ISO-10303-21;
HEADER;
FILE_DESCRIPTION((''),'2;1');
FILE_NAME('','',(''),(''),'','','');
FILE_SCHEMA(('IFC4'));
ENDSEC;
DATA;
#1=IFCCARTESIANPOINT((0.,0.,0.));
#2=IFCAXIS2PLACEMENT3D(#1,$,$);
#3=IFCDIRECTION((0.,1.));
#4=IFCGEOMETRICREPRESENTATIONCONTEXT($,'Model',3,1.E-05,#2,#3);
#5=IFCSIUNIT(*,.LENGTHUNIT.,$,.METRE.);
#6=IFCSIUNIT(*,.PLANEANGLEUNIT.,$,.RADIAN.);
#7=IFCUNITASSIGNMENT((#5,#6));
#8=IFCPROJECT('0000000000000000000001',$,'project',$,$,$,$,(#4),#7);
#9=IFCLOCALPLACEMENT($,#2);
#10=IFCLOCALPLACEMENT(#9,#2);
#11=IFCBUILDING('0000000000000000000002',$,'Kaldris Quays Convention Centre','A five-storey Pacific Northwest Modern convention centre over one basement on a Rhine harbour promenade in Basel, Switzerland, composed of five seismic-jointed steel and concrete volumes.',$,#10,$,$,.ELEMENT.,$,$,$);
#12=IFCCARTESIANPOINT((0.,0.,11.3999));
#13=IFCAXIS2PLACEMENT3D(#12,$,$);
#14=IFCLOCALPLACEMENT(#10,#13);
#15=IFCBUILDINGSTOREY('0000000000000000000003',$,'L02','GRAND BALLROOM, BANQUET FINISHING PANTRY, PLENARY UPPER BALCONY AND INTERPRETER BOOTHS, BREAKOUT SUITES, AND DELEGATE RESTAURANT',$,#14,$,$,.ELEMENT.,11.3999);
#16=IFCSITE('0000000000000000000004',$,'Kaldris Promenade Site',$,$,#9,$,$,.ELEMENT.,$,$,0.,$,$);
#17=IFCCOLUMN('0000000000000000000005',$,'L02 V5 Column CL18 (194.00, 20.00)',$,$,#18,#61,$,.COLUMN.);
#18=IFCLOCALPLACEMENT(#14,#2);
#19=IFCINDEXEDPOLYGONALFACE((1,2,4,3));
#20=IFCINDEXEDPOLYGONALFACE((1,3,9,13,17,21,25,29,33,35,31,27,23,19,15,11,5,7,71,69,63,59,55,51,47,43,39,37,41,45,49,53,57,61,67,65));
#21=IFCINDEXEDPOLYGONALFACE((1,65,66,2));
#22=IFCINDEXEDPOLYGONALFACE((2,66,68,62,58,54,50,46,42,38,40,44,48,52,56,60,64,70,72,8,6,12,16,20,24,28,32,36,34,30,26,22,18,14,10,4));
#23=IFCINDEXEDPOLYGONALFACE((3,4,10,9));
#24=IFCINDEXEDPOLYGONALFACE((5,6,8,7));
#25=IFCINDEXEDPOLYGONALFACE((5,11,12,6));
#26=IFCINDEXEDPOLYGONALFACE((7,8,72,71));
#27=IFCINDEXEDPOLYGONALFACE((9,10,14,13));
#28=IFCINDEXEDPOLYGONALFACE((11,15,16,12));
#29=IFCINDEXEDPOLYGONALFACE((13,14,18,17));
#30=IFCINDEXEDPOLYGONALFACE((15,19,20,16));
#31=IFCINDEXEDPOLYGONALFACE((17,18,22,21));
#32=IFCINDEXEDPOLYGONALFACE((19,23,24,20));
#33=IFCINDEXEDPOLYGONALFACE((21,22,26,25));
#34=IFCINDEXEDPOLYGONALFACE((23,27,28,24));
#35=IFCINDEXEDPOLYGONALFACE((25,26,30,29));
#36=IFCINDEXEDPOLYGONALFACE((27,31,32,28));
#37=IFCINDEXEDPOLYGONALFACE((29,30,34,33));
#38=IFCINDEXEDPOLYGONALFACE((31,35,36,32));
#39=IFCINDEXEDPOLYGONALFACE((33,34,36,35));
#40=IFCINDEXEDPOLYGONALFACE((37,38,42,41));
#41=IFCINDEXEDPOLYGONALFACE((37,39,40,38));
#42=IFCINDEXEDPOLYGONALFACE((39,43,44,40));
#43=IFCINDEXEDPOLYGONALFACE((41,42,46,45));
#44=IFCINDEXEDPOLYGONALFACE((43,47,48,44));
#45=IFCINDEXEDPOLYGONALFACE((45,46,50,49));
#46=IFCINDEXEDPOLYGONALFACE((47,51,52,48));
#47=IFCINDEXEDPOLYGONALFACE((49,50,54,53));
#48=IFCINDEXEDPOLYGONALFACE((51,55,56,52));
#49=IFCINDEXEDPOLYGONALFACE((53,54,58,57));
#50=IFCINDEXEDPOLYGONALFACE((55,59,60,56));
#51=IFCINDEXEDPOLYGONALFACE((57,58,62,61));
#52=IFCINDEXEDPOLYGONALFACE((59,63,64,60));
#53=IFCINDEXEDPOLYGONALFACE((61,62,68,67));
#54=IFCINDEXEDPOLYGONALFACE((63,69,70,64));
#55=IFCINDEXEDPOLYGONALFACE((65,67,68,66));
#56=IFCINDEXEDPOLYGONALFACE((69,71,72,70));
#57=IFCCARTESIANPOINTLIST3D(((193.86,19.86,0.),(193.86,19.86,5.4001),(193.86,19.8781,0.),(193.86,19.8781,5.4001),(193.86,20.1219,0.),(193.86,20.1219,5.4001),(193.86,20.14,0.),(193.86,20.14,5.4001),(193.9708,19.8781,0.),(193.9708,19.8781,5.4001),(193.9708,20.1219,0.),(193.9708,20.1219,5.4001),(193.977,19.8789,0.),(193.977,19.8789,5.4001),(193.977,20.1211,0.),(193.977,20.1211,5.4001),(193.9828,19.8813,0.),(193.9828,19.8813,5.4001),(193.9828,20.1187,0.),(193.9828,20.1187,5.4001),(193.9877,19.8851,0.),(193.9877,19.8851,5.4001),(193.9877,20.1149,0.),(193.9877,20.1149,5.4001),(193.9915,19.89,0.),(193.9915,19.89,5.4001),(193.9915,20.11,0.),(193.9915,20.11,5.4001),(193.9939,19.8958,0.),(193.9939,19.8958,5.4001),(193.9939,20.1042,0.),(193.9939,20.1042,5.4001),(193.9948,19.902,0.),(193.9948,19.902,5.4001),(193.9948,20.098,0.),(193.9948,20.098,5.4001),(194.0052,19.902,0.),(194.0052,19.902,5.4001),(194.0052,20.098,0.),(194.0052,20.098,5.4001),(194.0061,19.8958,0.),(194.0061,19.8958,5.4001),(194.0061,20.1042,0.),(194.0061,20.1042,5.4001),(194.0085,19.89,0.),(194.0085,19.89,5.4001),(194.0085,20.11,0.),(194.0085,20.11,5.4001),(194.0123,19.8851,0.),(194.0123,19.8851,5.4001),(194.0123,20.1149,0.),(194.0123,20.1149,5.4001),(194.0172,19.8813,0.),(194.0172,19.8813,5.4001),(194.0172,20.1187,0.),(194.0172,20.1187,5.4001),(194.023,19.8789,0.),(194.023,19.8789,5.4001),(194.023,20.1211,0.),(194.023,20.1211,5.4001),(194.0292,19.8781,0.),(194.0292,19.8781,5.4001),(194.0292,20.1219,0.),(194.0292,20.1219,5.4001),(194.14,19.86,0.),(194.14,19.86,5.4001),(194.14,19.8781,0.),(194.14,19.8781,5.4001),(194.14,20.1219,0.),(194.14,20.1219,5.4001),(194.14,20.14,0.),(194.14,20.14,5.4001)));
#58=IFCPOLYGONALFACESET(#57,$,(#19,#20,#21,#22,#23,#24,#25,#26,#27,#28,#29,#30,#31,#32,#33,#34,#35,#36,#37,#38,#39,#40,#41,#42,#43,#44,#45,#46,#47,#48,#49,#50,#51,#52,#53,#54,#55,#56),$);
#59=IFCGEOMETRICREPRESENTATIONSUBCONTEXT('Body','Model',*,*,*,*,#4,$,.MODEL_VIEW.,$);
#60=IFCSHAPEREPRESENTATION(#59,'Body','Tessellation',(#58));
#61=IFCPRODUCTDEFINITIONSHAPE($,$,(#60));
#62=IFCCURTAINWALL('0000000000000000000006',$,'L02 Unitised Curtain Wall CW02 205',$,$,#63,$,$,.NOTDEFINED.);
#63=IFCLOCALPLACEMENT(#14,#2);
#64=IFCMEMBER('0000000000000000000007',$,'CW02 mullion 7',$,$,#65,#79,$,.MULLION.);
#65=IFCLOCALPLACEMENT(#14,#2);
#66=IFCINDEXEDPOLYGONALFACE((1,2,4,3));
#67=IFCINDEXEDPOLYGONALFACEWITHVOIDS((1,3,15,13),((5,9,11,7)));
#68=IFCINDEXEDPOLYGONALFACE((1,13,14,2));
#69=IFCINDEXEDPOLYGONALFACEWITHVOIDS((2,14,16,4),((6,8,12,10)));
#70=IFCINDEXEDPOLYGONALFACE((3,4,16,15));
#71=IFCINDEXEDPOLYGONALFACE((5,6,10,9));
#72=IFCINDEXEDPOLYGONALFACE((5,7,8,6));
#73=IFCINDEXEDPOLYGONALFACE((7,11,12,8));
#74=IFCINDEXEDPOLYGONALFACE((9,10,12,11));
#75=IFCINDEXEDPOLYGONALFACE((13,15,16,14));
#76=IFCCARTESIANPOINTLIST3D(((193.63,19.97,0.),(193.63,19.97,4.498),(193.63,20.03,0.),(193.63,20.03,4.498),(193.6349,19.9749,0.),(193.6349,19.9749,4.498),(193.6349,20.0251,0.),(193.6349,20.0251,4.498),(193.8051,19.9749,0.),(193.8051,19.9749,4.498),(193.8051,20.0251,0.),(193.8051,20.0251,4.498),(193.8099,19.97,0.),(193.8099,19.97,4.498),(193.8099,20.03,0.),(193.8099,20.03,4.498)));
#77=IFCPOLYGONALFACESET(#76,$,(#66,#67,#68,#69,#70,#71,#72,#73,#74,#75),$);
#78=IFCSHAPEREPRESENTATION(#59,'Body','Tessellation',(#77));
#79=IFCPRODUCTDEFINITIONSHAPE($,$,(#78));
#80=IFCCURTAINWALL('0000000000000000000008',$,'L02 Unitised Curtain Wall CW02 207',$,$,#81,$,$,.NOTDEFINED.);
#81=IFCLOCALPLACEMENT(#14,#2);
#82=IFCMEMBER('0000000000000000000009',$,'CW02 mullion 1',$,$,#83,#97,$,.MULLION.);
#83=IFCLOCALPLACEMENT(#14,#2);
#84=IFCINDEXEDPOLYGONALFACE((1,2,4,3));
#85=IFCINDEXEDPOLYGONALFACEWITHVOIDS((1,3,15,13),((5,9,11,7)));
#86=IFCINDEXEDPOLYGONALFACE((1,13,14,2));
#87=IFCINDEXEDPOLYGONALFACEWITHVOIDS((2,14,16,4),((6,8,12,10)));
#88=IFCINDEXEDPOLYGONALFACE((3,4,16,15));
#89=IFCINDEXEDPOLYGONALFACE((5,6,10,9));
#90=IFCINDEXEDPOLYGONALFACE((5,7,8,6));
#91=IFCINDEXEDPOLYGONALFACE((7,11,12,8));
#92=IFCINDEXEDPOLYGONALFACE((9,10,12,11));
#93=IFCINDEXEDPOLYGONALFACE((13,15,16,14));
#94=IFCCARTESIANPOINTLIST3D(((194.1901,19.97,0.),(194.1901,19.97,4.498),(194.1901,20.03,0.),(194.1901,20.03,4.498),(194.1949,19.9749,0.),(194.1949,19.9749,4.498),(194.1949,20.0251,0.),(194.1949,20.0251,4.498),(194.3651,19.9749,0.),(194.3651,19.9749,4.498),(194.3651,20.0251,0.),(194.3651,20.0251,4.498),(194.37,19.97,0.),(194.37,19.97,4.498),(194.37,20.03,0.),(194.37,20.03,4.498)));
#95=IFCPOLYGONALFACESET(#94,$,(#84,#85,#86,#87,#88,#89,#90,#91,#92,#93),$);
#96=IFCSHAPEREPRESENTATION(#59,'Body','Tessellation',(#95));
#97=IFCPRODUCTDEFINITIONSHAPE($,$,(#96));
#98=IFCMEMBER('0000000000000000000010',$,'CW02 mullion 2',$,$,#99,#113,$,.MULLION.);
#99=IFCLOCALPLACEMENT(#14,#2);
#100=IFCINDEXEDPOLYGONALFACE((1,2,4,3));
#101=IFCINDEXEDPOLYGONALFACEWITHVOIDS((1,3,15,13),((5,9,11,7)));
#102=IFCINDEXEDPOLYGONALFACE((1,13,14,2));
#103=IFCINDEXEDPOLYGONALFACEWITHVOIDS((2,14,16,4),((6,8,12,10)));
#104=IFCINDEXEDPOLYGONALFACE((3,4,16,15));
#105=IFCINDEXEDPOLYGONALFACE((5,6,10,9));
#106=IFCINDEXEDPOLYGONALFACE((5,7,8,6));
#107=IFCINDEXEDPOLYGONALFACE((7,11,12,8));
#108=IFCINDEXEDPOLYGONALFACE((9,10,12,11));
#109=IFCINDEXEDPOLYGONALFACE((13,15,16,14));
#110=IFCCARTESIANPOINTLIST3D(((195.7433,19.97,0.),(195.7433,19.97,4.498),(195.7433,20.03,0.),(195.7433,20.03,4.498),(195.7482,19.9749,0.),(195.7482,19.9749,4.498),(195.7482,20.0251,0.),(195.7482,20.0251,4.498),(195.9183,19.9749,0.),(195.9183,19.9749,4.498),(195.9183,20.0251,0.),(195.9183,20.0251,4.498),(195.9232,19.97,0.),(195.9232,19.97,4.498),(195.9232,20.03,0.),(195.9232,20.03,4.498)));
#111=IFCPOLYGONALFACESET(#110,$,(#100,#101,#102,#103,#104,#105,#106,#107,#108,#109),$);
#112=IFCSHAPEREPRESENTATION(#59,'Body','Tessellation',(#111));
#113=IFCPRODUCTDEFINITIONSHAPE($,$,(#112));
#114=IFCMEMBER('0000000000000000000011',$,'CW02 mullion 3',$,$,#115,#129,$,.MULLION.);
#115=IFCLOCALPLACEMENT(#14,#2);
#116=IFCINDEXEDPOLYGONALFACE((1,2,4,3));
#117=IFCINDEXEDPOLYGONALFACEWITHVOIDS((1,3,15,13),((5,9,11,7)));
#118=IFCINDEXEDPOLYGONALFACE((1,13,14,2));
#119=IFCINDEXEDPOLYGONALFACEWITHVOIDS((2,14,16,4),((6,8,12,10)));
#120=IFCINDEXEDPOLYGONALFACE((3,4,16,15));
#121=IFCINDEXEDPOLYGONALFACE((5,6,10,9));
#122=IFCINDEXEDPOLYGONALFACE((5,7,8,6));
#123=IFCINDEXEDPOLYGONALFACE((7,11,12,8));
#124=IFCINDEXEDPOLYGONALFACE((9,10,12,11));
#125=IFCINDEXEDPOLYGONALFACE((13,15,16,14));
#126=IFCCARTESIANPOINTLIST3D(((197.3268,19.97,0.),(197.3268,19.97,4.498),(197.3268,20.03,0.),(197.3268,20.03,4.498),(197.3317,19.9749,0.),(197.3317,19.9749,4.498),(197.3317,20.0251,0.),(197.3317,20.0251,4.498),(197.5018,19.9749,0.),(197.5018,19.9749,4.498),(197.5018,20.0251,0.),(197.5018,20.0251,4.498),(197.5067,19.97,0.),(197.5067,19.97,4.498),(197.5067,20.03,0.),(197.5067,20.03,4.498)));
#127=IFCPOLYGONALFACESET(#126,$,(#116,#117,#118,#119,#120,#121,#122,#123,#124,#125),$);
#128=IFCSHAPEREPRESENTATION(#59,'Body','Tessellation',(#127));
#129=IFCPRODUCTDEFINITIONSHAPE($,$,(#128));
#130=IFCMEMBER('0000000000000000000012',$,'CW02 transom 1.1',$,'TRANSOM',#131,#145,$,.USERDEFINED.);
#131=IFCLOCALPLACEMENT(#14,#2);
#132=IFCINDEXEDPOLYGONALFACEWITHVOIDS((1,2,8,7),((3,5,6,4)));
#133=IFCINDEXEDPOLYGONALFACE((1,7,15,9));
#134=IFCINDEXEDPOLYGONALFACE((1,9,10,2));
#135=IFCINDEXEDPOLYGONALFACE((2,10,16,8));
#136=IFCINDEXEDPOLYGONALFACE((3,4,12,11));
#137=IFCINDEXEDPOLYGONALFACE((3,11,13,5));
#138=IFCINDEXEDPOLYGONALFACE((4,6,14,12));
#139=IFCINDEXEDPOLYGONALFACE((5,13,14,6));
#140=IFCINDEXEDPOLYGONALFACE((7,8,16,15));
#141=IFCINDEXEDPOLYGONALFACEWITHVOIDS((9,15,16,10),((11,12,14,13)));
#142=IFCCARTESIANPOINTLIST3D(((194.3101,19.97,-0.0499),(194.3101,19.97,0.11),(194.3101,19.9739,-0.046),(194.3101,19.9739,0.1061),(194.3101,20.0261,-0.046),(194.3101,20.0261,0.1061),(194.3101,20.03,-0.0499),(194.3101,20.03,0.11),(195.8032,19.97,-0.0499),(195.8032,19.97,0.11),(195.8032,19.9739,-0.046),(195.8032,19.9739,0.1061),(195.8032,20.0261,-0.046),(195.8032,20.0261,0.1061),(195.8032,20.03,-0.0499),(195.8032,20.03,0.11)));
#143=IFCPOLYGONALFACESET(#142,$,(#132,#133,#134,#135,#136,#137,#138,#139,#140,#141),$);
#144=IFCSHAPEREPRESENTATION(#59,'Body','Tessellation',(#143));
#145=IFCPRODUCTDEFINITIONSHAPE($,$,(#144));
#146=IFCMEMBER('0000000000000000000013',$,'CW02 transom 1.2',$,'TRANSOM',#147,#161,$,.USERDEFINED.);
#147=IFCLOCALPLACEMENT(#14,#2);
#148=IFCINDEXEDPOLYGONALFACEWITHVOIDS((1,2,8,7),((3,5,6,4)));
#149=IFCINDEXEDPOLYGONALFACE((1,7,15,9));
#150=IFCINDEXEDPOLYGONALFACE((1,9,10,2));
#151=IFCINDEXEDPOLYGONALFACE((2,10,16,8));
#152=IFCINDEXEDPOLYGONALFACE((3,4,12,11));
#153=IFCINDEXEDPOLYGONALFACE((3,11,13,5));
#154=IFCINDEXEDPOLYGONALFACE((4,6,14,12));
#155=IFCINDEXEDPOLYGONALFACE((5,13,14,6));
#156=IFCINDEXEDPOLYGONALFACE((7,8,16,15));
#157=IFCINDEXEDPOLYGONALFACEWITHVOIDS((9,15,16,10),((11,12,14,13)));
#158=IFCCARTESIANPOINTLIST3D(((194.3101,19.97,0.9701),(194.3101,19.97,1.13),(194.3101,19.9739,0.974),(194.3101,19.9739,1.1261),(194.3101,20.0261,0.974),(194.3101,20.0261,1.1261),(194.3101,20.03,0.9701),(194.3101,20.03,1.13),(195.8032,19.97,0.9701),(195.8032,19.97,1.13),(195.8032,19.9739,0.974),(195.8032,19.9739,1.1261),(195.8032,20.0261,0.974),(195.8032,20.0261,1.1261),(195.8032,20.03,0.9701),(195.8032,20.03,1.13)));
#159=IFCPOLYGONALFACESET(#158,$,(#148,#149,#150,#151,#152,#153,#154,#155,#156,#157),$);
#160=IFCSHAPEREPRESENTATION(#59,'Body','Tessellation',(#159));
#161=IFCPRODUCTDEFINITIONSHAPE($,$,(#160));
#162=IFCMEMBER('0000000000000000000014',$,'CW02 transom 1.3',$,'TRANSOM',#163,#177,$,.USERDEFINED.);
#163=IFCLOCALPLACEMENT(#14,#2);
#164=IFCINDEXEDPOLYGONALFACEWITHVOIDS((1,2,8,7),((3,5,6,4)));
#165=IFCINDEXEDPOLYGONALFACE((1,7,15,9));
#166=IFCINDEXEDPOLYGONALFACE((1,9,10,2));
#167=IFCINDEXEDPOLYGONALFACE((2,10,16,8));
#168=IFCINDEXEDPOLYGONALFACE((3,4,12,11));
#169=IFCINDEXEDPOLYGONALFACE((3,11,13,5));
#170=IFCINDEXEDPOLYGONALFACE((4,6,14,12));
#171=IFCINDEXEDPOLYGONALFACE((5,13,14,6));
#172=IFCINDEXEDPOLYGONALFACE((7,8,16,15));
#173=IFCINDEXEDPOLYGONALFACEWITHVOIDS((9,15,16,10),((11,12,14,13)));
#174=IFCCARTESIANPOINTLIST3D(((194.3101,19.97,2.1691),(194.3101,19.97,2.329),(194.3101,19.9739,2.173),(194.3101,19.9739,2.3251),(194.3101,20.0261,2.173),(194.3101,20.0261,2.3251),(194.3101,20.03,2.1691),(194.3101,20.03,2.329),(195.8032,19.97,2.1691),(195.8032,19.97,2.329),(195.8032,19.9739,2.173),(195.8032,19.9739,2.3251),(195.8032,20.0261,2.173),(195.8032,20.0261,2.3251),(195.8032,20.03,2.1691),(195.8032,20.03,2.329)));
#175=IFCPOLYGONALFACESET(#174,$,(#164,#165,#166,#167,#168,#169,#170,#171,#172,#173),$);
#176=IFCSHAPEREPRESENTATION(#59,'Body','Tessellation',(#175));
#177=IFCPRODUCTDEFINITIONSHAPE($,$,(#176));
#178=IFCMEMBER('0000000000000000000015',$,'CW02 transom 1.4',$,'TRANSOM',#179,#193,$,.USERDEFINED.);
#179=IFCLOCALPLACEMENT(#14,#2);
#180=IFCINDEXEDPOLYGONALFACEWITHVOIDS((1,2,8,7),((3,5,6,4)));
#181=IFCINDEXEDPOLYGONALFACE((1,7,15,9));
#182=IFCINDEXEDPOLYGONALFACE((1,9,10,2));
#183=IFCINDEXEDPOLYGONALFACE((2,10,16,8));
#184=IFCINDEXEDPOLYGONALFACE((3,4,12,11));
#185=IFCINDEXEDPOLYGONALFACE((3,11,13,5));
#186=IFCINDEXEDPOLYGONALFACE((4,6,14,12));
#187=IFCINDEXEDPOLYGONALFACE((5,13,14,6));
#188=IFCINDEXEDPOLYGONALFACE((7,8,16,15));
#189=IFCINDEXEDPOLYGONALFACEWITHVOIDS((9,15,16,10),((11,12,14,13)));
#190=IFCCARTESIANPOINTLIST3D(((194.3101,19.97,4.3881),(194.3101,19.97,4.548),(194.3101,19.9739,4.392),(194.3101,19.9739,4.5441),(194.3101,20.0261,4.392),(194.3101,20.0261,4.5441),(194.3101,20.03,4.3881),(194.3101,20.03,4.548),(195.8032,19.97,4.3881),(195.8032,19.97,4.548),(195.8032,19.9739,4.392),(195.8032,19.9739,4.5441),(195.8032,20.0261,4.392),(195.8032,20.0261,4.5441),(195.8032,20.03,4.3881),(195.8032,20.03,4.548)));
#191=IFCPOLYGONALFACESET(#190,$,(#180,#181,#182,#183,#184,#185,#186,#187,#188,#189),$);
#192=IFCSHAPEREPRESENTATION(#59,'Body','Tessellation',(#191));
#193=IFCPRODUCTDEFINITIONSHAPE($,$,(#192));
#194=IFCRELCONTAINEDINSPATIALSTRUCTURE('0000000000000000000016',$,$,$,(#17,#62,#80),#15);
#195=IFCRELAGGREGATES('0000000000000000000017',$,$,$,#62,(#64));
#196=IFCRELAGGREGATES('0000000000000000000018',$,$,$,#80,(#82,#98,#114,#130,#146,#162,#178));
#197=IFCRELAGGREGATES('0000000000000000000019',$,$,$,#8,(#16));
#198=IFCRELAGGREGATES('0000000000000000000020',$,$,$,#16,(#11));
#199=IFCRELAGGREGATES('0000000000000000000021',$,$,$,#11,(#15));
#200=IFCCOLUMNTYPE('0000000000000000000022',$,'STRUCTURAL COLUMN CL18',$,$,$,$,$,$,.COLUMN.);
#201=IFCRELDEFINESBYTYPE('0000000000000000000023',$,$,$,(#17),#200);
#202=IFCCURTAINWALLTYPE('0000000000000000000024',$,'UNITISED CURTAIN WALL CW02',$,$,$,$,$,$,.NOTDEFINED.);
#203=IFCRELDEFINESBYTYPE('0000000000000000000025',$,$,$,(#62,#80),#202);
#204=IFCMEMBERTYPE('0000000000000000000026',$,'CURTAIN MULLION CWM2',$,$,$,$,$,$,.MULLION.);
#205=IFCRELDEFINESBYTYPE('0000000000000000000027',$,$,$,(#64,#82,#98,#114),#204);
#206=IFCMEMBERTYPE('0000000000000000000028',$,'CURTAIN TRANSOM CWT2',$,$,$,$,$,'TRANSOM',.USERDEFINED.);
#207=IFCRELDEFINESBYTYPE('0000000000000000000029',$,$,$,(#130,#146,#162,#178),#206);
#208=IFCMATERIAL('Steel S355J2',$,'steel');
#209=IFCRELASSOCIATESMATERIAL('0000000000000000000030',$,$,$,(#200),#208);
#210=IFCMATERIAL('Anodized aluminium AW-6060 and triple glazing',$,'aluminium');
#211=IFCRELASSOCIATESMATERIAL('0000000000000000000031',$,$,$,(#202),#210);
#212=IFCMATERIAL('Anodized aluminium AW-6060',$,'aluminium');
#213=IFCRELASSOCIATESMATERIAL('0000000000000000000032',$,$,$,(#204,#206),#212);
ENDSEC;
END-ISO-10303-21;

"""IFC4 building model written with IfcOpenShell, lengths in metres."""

from ifc_helpers import new_model, si_unit, direction, frame, origin, origin_2d, place, context, subcontext, project, spatial, hollow_rectangle, i_section, extrude, material, material_profile, profile_set, type_object, element, aggregate, save


model = new_model("IFC4")

# Units and contexts
model_context = context("Model", 3, precision=1e-05, world=origin(), true_north=direction((0.0, 1.0)))
body_context = subcontext(model_context, "Body", "Model", "MODEL_VIEW")
ifc_project = project(units=[si_unit("LENGTHUNIT", "METRE"), si_unit("PLANEANGLEUNIT", "RADIAN")], contexts=[model_context])

# Site, building, storey
site_placement = place(None, origin())
site = spatial("IfcSite", under=ifc_project, at=site_placement, Name="Kaldris Promenade Site", CompositionType="ELEMENT", RefElevation=0.0)
building_placement = place(site_placement, origin())
building = spatial("IfcBuilding", under=site, at=building_placement, Name="Kaldris Quays Convention Centre", Description="A five-storey Pacific Northwest Modern convention centre over one basement on a Rhine harbour promenade in Basel, Switzerland, composed of five seismic-jointed steel and concrete volumes.", CompositionType="ELEMENT")
storey_placement = place(building_placement, frame((0.0, 0.0, 11.3999)))
storey = spatial("IfcBuildingStorey", under=building, at=storey_placement, Name="L02", Description="GRAND BALLROOM, BANQUET FINISHING PANTRY, PLENARY UPPER BALCONY AND INTERPRETER BOOTHS, BREAKOUT SUITES, AND DELEGATE RESTAURANT", CompositionType="ELEMENT", Elevation=11.3999)

# Column
ifc_material_1 = material(Name="Steel S355J2", Category="steel")
ifc_material_profile_1 = material_profile(ifc_material_1, i_section(OverallWidth=0.28, OverallDepth=0.28, WebThickness=0.0105, FlangeThickness=0.0181, FilletRadius=0.0239, at=origin_2d()), Name="HEB 280")
ifc_profile_set_1 = profile_set([ifc_material_profile_1], Name="Steel S355J2")
column_type = type_object("IfcColumnType", Name="STRUCTURAL COLUMN CL18", PredefinedType="COLUMN", material=ifc_profile_set_1)
column_placement = place(storey_placement, frame((194.0, 20.0, 0.0), z_axis=(0.0, 0.0, 1.0), x_axis=(1.0, 0.0, 0.0)))
element("IfcColumn", 1, at=column_placement, inside=storey, type_object=column_type, Name="L02 V5 Column CL18 (194.00, 20.00)", PredefinedType="COLUMN", context=body_context, shape_type="SweptSolid", body=[
    extrude(i_section(OverallWidth=0.28, OverallDepth=0.28, WebThickness=0.0105, FlangeThickness=0.0181, FilletRadius=0.0239, at=origin_2d()), origin(), (0.0, 0.0, 1.0), 5.4001),
])

# Curtain wall, member
ifc_material_2 = material(Name="Anodized aluminium AW-6060 and triple glazing", Category="aluminium")
curtain_wall_type = type_object("IfcCurtainWallType", Name="UNITISED CURTAIN WALL CW02", PredefinedType="NOTDEFINED", material=ifc_material_2)
curtain_wall_1_placement = place(storey_placement, origin())
curtain_wall_1 = element("IfcCurtainWall", 2, at=curtain_wall_1_placement, inside=storey, type_object=curtain_wall_type, Name="L02 Unitised Curtain Wall CW02 205", PredefinedType="NOTDEFINED")
ifc_material_3 = material(Name="Anodized aluminium AW-6060", Category="aluminium")
ifc_material_profile_2 = material_profile(ifc_material_3, hollow_rectangle(XDim=0.0601, YDim=0.1799, WallThickness=0.0049, at=origin_2d()), Name="RHS 180x60x5")
ifc_profile_set_2 = profile_set([ifc_material_profile_2], Name="Anodized aluminium AW-6060")
member_type_1 = type_object("IfcMemberType", Name="CURTAIN MULLION CWM2", PredefinedType="MULLION", material=ifc_profile_set_2)
member_1_placement = place(storey_placement, frame((193.72, 20.0, 0.0), z_axis=(0.0, 0.0, 1.0), x_axis=(0.0, 1.0, 0.0)))
member_1 = element("IfcMember", 3, at=member_1_placement, type_object=member_type_1, Name="CW02 mullion 7", PredefinedType="MULLION", context=body_context, shape_type="SweptSolid", body=[
    extrude(hollow_rectangle(XDim=0.0601, YDim=0.1799, WallThickness=0.0049, at=origin_2d()), origin(), (0.0, 0.0, 1.0), 4.498),
])
aggregate(curtain_wall_1, [member_1])

# Curtain wall, members
curtain_wall_2_placement = place(storey_placement, origin())
curtain_wall_2 = element("IfcCurtainWall", 4, at=curtain_wall_2_placement, inside=storey, type_object=curtain_wall_type, Name="L02 Unitised Curtain Wall CW02 207", PredefinedType="NOTDEFINED")
member_2_placement = place(storey_placement, frame((194.28, 20.0, 0.0), z_axis=(0.0, 0.0, 1.0), x_axis=(0.0, 1.0, 0.0)))
member_2 = element("IfcMember", 5, at=member_2_placement, type_object=member_type_1, Name="CW02 mullion 1", PredefinedType="MULLION", context=body_context, shape_type="SweptSolid", body=[
    extrude(hollow_rectangle(XDim=0.0601, YDim=0.1799, WallThickness=0.0049, at=origin_2d()), origin(), (0.0, 0.0, 1.0), 4.498),
])
member_3_placement = place(storey_placement, frame((195.8333, 20.0, 0.0), z_axis=(0.0, 0.0, 1.0), x_axis=(0.0, 1.0, 0.0)))
member_3 = element("IfcMember", 6, at=member_3_placement, type_object=member_type_1, Name="CW02 mullion 2", PredefinedType="MULLION", context=body_context, shape_type="SweptSolid", body=[
    extrude(hollow_rectangle(XDim=0.0601, YDim=0.1799, WallThickness=0.0049, at=origin_2d()), origin(), (0.0, 0.0, 1.0), 4.498),
])
member_4_placement = place(storey_placement, frame((197.4167, 20.0, 0.0), z_axis=(0.0, 0.0, 1.0), x_axis=(0.0, 1.0, 0.0)))
member_4 = element("IfcMember", 7, at=member_4_placement, type_object=member_type_1, Name="CW02 mullion 3", PredefinedType="MULLION", context=body_context, shape_type="SweptSolid", body=[
    extrude(hollow_rectangle(XDim=0.0601, YDim=0.1799, WallThickness=0.0049, at=origin_2d()), origin(), (0.0, 0.0, 1.0), 4.498),
])
ifc_material_profile_3 = material_profile(ifc_material_3, hollow_rectangle(XDim=0.0601, YDim=0.1599, WallThickness=0.0039, at=origin_2d()), Name="RHS 160x60x4")
ifc_profile_set_3 = profile_set([ifc_material_profile_3], Name="Anodized aluminium AW-6060")
member_type_2 = type_object("IfcMemberType", Name="CURTAIN TRANSOM CWT2", ElementType="TRANSOM", PredefinedType="USERDEFINED", material=ifc_profile_set_3)
member_5_placement = place(storey_placement, frame((194.3101, 20.0, 0.03), z_axis=(1.0, 0.0, 0.0), x_axis=(0.0, 1.0, 0.0)))
member_5 = element("IfcMember", 8, at=member_5_placement, type_object=member_type_2, Name="CW02 transom 1.1", ObjectType="TRANSOM", PredefinedType="USERDEFINED", context=body_context, shape_type="SweptSolid", body=[
    extrude(hollow_rectangle(XDim=0.0601, YDim=0.1599, WallThickness=0.0039, at=origin_2d()), origin(), (0.0, 0.0, 1.0), 1.4932),
])
member_6_placement = place(storey_placement, frame((194.3101, 20.0, 1.05), z_axis=(1.0, 0.0, 0.0), x_axis=(0.0, 1.0, 0.0)))
member_6 = element("IfcMember", 9, at=member_6_placement, type_object=member_type_2, Name="CW02 transom 1.2", ObjectType="TRANSOM", PredefinedType="USERDEFINED", context=body_context, shape_type="SweptSolid", body=[
    extrude(hollow_rectangle(XDim=0.0601, YDim=0.1599, WallThickness=0.0039, at=origin_2d()), origin(), (0.0, 0.0, 1.0), 1.4932),
])
member_7_placement = place(storey_placement, frame((194.3101, 20.0, 2.249), z_axis=(1.0, 0.0, 0.0), x_axis=(0.0, 1.0, 0.0)))
member_7 = element("IfcMember", 10, at=member_7_placement, type_object=member_type_2, Name="CW02 transom 1.3", ObjectType="TRANSOM", PredefinedType="USERDEFINED", context=body_context, shape_type="SweptSolid", body=[
    extrude(hollow_rectangle(XDim=0.0601, YDim=0.1599, WallThickness=0.0039, at=origin_2d()), origin(), (0.0, 0.0, 1.0), 1.4932),
])
member_8_placement = place(storey_placement, frame((194.3101, 20.0, 4.468), z_axis=(1.0, 0.0, 0.0), x_axis=(0.0, 1.0, 0.0)))
member_8 = element("IfcMember", 11, at=member_8_placement, type_object=member_type_2, Name="CW02 transom 1.4", ObjectType="TRANSOM", PredefinedType="USERDEFINED", context=body_context, shape_type="SweptSolid", body=[
    extrude(hollow_rectangle(XDim=0.0601, YDim=0.1599, WallThickness=0.0039, at=origin_2d()), origin(), (0.0, 0.0, 1.0), 1.4932),
])

aggregate(curtain_wall_2, [member_2, member_3, member_4, member_5, member_6, member_7, member_8])

save(model, "model.ifc")
